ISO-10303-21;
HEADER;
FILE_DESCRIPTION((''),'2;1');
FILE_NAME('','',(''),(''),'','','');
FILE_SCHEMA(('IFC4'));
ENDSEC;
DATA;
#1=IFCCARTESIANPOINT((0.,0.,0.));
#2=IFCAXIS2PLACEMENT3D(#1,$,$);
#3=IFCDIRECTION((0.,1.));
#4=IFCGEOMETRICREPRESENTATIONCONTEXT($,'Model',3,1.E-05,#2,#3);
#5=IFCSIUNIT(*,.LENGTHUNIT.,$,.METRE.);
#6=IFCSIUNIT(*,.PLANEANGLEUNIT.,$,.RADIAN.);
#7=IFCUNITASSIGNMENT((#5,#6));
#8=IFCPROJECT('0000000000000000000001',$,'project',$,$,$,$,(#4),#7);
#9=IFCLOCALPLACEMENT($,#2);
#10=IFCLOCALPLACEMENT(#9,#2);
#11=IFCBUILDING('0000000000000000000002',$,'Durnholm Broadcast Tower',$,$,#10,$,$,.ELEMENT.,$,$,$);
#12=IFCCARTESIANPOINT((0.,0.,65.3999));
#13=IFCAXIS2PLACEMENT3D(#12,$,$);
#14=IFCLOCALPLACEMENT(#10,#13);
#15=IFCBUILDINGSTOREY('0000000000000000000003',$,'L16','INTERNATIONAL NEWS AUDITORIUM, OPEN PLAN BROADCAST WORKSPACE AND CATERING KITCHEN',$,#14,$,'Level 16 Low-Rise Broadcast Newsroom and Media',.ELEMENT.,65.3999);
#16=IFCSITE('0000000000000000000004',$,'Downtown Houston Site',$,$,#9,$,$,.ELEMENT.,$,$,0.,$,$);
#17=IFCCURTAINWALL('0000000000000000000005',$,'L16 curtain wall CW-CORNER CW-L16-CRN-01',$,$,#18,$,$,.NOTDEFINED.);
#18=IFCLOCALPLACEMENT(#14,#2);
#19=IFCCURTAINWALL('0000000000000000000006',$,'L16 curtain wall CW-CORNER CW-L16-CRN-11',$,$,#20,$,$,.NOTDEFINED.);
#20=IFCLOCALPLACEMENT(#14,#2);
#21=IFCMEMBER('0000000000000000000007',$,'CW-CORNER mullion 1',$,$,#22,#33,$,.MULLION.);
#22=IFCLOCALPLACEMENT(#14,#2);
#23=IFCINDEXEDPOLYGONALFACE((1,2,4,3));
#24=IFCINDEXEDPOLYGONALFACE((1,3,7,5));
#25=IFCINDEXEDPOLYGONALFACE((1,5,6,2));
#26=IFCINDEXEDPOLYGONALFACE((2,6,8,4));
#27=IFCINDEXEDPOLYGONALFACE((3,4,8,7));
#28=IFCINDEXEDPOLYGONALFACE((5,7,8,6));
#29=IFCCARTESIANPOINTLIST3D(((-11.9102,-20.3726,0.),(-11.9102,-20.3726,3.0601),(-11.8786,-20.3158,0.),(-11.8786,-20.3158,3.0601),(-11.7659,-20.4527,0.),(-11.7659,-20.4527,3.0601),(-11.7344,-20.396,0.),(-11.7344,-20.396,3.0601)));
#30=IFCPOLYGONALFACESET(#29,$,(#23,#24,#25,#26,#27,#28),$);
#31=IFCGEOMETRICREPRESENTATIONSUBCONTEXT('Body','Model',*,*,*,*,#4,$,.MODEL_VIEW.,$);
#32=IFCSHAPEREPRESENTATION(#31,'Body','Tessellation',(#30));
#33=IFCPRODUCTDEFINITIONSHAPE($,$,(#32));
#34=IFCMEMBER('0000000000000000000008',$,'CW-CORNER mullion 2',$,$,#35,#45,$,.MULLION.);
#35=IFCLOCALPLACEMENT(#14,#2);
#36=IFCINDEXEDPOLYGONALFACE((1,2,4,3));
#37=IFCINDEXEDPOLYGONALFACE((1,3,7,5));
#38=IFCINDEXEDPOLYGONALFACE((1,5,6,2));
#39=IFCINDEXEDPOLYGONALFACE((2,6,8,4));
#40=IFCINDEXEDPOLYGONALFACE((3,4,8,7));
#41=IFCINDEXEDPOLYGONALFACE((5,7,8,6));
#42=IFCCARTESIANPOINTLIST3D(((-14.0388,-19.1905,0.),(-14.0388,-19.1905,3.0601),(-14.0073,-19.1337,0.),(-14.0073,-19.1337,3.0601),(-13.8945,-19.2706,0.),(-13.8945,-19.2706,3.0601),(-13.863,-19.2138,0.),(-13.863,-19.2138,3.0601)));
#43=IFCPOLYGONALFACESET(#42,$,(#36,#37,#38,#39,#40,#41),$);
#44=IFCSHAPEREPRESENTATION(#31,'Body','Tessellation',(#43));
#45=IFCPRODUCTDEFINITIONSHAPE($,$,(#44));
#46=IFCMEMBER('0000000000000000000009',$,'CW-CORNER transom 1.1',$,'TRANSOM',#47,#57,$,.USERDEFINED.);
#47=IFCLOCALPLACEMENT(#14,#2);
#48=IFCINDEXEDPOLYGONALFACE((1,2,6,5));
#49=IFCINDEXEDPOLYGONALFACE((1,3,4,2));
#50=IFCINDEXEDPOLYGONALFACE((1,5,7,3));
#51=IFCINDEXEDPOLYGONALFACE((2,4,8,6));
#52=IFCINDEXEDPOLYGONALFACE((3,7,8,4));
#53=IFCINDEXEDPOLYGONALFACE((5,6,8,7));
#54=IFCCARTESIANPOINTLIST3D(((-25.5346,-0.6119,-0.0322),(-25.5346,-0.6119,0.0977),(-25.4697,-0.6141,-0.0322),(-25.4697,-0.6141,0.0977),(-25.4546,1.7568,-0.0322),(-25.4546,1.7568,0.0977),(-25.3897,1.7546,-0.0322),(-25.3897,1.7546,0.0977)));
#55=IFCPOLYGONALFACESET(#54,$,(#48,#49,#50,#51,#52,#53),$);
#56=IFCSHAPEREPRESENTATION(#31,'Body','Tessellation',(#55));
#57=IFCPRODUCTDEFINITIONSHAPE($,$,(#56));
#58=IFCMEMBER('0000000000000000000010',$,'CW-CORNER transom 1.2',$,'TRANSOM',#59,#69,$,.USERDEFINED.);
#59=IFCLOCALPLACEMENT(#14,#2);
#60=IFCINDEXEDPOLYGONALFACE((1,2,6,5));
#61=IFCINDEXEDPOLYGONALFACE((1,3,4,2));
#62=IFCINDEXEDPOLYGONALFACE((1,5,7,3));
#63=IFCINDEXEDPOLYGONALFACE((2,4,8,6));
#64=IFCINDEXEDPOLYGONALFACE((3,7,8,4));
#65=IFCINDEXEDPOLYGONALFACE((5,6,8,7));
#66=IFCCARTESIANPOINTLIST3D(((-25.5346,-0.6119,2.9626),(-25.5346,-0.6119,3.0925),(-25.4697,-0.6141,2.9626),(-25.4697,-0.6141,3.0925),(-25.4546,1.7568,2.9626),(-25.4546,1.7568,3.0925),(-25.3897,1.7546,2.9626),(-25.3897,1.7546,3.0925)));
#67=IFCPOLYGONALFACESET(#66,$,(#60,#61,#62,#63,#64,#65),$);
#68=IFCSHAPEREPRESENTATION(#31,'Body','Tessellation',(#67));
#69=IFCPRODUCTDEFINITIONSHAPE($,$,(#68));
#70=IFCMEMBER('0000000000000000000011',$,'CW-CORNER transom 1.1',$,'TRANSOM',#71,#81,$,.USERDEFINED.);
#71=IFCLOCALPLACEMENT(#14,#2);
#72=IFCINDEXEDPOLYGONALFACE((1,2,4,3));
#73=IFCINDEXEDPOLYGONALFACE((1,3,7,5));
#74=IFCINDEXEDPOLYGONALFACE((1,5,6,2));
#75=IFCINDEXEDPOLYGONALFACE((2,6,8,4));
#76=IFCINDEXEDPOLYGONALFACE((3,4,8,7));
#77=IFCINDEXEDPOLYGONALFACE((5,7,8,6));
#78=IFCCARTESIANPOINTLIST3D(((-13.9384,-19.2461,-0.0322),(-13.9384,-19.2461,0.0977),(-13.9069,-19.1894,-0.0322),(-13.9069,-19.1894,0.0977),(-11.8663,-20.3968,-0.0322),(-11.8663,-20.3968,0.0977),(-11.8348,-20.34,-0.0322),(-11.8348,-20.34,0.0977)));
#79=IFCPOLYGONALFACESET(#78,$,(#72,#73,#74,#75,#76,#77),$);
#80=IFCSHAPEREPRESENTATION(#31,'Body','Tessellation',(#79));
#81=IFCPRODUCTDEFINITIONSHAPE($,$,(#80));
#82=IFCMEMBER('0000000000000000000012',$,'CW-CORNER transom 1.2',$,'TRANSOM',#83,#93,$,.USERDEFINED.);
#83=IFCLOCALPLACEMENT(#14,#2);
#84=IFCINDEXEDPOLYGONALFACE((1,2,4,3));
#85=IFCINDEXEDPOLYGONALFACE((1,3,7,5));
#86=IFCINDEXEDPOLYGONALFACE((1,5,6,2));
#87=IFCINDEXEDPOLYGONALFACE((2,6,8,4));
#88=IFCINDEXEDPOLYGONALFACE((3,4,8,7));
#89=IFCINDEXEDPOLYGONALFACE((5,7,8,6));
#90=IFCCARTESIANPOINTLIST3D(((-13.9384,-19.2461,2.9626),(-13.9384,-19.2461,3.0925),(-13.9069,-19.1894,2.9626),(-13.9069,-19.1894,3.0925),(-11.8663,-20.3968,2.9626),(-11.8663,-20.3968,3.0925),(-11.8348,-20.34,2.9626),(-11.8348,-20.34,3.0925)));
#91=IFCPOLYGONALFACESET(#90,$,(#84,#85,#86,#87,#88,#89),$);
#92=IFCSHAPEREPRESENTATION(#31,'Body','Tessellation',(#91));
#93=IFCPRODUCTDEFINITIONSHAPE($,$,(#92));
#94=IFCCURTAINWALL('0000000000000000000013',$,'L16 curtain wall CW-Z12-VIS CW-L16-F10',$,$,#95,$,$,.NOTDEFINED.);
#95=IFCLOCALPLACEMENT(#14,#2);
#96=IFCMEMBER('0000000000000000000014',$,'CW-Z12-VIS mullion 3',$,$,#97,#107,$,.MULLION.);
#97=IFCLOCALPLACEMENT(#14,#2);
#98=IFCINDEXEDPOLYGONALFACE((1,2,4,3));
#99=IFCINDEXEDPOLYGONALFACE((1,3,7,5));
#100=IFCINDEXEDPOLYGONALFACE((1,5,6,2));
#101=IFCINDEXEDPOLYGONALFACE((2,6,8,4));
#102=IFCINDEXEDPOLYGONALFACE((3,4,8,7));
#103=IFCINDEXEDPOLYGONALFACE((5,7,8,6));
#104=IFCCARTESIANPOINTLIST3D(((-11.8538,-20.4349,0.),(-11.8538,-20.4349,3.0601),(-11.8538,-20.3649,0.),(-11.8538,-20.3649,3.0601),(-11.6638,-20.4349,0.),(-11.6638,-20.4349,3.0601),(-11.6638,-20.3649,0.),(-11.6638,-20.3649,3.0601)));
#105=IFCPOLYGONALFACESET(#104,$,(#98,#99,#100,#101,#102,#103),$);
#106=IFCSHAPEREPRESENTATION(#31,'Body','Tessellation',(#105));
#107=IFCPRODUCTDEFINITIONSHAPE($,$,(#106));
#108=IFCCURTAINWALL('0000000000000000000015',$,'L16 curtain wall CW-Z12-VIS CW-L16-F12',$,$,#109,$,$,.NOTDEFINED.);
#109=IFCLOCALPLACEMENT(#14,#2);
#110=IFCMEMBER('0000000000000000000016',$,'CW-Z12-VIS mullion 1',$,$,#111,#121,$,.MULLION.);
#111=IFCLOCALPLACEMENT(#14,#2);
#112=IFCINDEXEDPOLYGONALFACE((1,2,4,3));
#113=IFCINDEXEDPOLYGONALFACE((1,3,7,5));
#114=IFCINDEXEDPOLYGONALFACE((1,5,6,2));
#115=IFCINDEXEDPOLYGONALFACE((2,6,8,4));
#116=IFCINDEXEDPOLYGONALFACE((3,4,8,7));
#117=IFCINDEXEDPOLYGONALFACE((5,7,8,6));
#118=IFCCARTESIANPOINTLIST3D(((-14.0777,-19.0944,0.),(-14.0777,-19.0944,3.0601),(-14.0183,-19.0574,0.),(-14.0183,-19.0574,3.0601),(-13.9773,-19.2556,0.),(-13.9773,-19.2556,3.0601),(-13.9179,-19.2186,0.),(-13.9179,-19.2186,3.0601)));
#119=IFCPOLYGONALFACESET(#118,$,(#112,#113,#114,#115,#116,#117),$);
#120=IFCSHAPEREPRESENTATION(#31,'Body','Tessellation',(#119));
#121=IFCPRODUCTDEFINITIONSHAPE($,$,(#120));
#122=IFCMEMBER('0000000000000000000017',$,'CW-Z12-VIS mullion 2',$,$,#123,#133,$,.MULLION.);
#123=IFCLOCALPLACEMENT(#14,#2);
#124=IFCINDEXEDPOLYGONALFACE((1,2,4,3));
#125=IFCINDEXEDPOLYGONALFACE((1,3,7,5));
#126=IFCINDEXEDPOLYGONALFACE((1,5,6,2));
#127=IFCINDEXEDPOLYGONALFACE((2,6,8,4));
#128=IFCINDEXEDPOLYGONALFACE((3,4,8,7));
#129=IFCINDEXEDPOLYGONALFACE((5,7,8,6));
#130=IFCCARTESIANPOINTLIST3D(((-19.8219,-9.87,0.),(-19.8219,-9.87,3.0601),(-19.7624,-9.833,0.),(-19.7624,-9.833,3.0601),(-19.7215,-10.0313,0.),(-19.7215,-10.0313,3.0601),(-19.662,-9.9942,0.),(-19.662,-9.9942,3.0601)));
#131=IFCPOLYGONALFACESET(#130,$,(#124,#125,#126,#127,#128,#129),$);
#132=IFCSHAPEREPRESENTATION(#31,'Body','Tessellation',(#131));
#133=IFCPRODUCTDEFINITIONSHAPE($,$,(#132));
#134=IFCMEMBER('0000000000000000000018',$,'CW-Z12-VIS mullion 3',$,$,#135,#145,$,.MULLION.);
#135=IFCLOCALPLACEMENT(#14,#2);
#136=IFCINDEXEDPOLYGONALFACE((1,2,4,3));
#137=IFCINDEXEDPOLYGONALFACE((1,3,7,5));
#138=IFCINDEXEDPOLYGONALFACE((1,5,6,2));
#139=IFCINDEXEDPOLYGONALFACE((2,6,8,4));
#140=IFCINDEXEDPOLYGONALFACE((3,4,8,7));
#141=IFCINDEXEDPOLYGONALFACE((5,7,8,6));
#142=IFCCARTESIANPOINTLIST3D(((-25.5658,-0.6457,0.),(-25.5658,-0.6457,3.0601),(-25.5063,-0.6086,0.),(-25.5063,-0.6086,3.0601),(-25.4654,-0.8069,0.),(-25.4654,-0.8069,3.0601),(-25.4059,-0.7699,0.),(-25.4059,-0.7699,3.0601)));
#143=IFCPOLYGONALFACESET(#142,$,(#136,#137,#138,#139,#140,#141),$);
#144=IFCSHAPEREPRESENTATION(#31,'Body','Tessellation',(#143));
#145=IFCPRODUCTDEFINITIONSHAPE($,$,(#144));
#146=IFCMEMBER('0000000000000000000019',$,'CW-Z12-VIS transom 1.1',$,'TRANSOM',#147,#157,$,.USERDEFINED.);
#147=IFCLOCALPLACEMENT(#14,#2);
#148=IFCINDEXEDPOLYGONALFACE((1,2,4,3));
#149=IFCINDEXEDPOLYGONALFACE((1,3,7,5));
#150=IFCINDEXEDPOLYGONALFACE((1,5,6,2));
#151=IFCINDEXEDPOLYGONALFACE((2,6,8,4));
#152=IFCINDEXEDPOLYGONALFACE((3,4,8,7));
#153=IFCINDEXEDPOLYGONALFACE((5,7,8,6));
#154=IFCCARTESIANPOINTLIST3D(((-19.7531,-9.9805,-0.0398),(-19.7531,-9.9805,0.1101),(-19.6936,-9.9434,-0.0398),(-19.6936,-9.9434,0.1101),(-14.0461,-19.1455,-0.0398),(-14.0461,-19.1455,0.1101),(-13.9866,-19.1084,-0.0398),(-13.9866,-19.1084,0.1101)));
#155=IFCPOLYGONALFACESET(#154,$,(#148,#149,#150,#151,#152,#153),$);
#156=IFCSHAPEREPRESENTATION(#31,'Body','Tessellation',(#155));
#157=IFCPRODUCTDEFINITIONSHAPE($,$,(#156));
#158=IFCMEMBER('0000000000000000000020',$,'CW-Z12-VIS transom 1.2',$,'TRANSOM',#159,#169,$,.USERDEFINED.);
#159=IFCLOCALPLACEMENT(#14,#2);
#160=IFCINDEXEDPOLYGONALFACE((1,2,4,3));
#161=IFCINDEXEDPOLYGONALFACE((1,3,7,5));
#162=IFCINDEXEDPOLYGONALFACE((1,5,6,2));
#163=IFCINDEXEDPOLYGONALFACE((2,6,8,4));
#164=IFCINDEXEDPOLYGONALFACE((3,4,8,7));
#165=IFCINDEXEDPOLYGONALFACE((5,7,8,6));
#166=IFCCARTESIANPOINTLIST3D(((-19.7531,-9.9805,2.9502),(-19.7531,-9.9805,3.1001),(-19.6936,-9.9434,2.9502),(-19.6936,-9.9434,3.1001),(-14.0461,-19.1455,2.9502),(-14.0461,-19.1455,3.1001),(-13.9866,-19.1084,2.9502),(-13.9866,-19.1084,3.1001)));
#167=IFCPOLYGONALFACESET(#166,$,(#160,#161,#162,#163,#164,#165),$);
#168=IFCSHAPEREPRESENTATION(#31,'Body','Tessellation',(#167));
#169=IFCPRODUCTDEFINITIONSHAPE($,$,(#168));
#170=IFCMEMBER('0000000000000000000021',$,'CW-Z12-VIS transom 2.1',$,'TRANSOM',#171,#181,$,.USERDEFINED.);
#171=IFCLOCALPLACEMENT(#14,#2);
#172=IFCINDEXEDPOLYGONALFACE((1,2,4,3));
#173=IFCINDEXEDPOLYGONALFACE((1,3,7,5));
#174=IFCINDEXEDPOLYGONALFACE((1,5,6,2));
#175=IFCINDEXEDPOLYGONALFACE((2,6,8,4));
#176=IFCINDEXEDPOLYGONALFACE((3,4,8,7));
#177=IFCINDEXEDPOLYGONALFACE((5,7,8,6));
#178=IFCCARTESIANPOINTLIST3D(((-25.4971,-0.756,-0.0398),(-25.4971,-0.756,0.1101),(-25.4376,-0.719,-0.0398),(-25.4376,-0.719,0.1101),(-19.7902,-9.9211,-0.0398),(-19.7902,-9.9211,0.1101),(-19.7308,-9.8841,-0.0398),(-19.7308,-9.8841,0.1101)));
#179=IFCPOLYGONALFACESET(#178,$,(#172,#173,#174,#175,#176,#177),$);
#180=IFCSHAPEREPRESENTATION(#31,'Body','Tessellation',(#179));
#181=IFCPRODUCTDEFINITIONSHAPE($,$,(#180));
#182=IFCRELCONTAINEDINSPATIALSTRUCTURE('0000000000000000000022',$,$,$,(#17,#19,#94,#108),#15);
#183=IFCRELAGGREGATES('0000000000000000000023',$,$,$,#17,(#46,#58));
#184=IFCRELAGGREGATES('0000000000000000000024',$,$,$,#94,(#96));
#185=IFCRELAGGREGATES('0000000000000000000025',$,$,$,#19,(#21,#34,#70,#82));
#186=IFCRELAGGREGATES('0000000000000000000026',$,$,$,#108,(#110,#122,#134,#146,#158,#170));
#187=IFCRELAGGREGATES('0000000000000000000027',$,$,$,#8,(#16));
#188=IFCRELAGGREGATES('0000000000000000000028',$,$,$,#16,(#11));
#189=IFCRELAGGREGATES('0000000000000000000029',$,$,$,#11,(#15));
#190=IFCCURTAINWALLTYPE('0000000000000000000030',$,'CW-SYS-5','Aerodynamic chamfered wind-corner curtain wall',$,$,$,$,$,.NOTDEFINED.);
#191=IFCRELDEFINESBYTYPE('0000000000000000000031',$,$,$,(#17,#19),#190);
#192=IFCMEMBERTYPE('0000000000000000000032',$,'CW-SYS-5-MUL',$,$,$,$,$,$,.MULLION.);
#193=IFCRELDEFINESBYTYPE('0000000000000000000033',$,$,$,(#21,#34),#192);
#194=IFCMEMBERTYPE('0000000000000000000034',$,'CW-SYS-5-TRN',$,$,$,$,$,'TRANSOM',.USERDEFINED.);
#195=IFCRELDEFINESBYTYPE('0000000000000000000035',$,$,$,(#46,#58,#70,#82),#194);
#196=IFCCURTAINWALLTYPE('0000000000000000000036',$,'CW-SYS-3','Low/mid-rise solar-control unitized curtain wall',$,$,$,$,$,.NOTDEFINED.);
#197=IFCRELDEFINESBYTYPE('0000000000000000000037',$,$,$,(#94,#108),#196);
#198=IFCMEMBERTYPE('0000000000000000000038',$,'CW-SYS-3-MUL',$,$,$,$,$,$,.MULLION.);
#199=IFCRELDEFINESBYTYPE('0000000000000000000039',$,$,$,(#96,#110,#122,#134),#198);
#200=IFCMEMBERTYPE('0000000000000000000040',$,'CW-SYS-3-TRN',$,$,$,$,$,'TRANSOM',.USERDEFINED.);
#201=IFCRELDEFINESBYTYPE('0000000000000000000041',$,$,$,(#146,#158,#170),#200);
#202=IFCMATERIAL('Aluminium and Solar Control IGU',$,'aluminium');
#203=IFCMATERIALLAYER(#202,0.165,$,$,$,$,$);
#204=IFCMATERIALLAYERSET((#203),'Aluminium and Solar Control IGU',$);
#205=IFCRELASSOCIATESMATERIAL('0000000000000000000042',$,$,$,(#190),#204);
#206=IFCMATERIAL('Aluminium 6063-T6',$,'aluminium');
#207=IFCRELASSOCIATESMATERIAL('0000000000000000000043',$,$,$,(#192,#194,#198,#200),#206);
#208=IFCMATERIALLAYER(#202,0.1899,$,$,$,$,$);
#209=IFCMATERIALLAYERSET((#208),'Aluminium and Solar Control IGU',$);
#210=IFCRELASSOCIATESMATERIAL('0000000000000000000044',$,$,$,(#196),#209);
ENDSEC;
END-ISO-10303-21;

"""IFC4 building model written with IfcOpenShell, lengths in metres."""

from ifc_helpers import new_model, si_unit, direction, frame, origin, origin_2d, place, context, subcontext, project, spatial, rectangle, extrude, source, transform, mapped, material, layer, layer_set, material_profile, profile_set, type_object, type_shapes, element, aggregate, save


model = new_model("IFC4")

# Units and contexts
model_context = context("Model", 3, precision=1e-05, world=origin(), true_north=direction((0.0, 1.0)))
body_context = subcontext(model_context, "Body", "Model", "MODEL_VIEW")
ifc_project = project(units=[si_unit("LENGTHUNIT", "METRE"), si_unit("PLANEANGLEUNIT", "RADIAN")], contexts=[model_context])

# Site, building, storey
site_placement = place(None, origin())
site = spatial("IfcSite", under=ifc_project, at=site_placement, Name="Downtown Houston Site", CompositionType="ELEMENT", RefElevation=0.0)
building_placement = place(site_placement, origin())
building = spatial("IfcBuilding", under=site, at=building_placement, Name="Durnholm Broadcast Tower", CompositionType="ELEMENT")
storey_placement = place(building_placement, frame((0.0, 0.0, 65.3999)))
storey = spatial("IfcBuildingStorey", under=building, at=storey_placement, Name="L16", Description="INTERNATIONAL NEWS AUDITORIUM, OPEN PLAN BROADCAST WORKSPACE AND CATERING KITCHEN", LongName="Level 16 Low-Rise Broadcast Newsroom and Media", CompositionType="ELEMENT", Elevation=65.3999)

# Curtain wall
ifc_material_1 = material(Name="Aluminium and Solar Control IGU", Category="aluminium")
ifc_layer_1 = layer(ifc_material_1, 0.165)
ifc_layer_set_1 = layer_set([ifc_layer_1], Name="Aluminium and Solar Control IGU")
curtain_wall_type_1 = type_object("IfcCurtainWallType", Name="CW-SYS-5", Description="Aerodynamic chamfered wind-corner curtain wall", PredefinedType="NOTDEFINED", material=ifc_layer_set_1)
curtain_wall_1_placement = place(storey_placement, origin())
curtain_wall_1 = element("IfcCurtainWall", 1, at=curtain_wall_1_placement, inside=storey, type_object=curtain_wall_type_1, Name="L16 curtain wall CW-CORNER CW-L16-CRN-01", PredefinedType="NOTDEFINED")
ifc_material_2 = material(Name="Aluminium 6063-T6", Category="aluminium")
ifc_material_profile_1 = material_profile(ifc_material_2, rectangle(XDim=0.0649, YDim=0.165, at=origin_2d()), Name="CWM65X165")
ifc_profile_set_1 = profile_set([ifc_material_profile_1], Name="Aluminium 6063-T6")
member_type_1 = type_object("IfcMemberType", Name="CW-SYS-5-MUL", PredefinedType="MULLION", material=ifc_profile_set_1)
shared_shape_1 = source(origin(), body_context, "Body", "SweptSolid", [
    extrude(rectangle(XDim=0.0649, YDim=0.165, at=origin_2d()), origin(), (0.0, 0.0, 1.0), 3.0601),
])
type_shapes(member_type_1, [shared_shape_1])

# Curtain wall, members
curtain_wall_2_placement = place(storey_placement, origin())
curtain_wall_2 = element("IfcCurtainWall", 2, at=curtain_wall_2_placement, inside=storey, type_object=curtain_wall_type_1, Name="L16 curtain wall CW-CORNER CW-L16-CRN-11", PredefinedType="NOTDEFINED")
member_1_placement = place(storey_placement, frame((-11.8223, -20.3843, 0.0), z_axis=(0.0, 0.0, 1.0), x_axis=(-0.485483, -0.874246, 0.0)))
member_1 = element("IfcMember", 3, at=member_1_placement, type_object=member_type_1, Name="CW-CORNER mullion 1", PredefinedType="MULLION", context=body_context, shape_type="MappedRepresentation", body=[
    mapped(shared_shape_1, transform((0.0, 0.0, 0.0), x_axis=(1.0, 0.0, 0.0), y_axis=(0.0, 1.0, 0.0), z_axis=(0.0, 0.0, 1.0), scale=1.0)),
])
member_2_placement = place(storey_placement, frame((-13.9509, -19.2021, 0.0), z_axis=(0.0, 0.0, 1.0), x_axis=(-0.485483, -0.874246, 0.0)))
member_2 = element("IfcMember", 4, at=member_2_placement, type_object=member_type_1, Name="CW-CORNER mullion 2", PredefinedType="MULLION", context=body_context, shape_type="MappedRepresentation", body=[
    mapped(shared_shape_1, transform((0.0, 0.0, 0.0), x_axis=(1.0, 0.0, 0.0), y_axis=(0.0, 1.0, 0.0), z_axis=(0.0, 0.0, 1.0), scale=1.0)),
])

# Members
ifc_material_profile_2 = material_profile(ifc_material_2, rectangle(XDim=0.0649, YDim=0.1299, at=origin_2d()), Name="CWT65X130")
ifc_profile_set_2 = profile_set([ifc_material_profile_2], Name="Aluminium 6063-T6")
member_type_2 = type_object("IfcMemberType", Name="CW-SYS-5-TRN", ElementType="TRANSOM", PredefinedType="USERDEFINED", material=ifc_profile_set_2)
shared_shape_2 = source(origin(), body_context, "Body", "SweptSolid", [
    extrude(rectangle(XDim=0.0649, YDim=0.1299, at=origin_2d()), origin(), (0.0, 0.0, 1.0), 2.3701),
])
type_shapes(member_type_2, [shared_shape_2])
member_3_placement = place(storey_placement, frame((-25.5022, -0.613, 0.0327), z_axis=(0.033788, 0.999429, 0.0), x_axis=(-0.999429, 0.033788, 0.0)))
member_3 = element("IfcMember", 5, at=member_3_placement, type_object=member_type_2, Name="CW-CORNER transom 1.1", ObjectType="TRANSOM", PredefinedType="USERDEFINED", context=body_context, shape_type="MappedRepresentation", body=[
    mapped(shared_shape_2, transform((0.0, 0.0, 0.0), x_axis=(1.0, 0.0, 0.0), y_axis=(0.0, 1.0, 0.0), z_axis=(0.0, 0.0, 1.0), scale=1.0)),
])
member_4_placement = place(storey_placement, frame((-25.5022, -0.613, 3.0276), z_axis=(0.033788, 0.999429, 0.0), x_axis=(-0.999429, 0.033788, 0.0)))
member_4 = element("IfcMember", 6, at=member_4_placement, type_object=member_type_2, Name="CW-CORNER transom 1.2", ObjectType="TRANSOM", PredefinedType="USERDEFINED", context=body_context, shape_type="MappedRepresentation", body=[
    mapped(shared_shape_2, transform((0.0, 0.0, 0.0), x_axis=(1.0, 0.0, 0.0), y_axis=(0.0, 1.0, 0.0), z_axis=(0.0, 0.0, 1.0), scale=1.0)),
])
aggregate(curtain_wall_1, [member_3, member_4])
member_5_placement = place(storey_placement, frame((-11.8506, -20.3684, 0.0327), z_axis=(-0.874245, 0.485485, 0.0), x_axis=(-0.485485, -0.874245, 0.0)))
member_5 = element("IfcMember", 7, at=member_5_placement, type_object=member_type_2, Name="CW-CORNER transom 1.1", ObjectType="TRANSOM", PredefinedType="USERDEFINED", context=body_context, shape_type="MappedRepresentation", body=[
    mapped(shared_shape_2, transform((0.0, 0.0, 0.0), x_axis=(1.0, 0.0, 0.0), y_axis=(0.0, 1.0, 0.0), z_axis=(0.0, 0.0, 1.0), scale=1.0)),
])
member_6_placement = place(storey_placement, frame((-11.8506, -20.3684, 3.0276), z_axis=(-0.874245, 0.485485, 0.0), x_axis=(-0.485485, -0.874245, 0.0)))
member_6 = element("IfcMember", 8, at=member_6_placement, type_object=member_type_2, Name="CW-CORNER transom 1.2", ObjectType="TRANSOM", PredefinedType="USERDEFINED", context=body_context, shape_type="MappedRepresentation", body=[
    mapped(shared_shape_2, transform((0.0, 0.0, 0.0), x_axis=(1.0, 0.0, 0.0), y_axis=(0.0, 1.0, 0.0), z_axis=(0.0, 0.0, 1.0), scale=1.0)),
])

# Curtain wall, member
ifc_layer_2 = layer(ifc_material_1, 0.1899)
ifc_layer_set_2 = layer_set([ifc_layer_2], Name="Aluminium and Solar Control IGU")
curtain_wall_type_2 = type_object("IfcCurtainWallType", Name="CW-SYS-3", Description="Low/mid-rise solar-control unitized curtain wall", PredefinedType="NOTDEFINED", material=ifc_layer_set_2)
curtain_wall_3_placement = place(storey_placement, origin())
curtain_wall_3 = element("IfcCurtainWall", 9, at=curtain_wall_3_placement, inside=storey, type_object=curtain_wall_type_2, Name="L16 curtain wall CW-Z12-VIS CW-L16-F10", PredefinedType="NOTDEFINED")
ifc_material_profile_3 = material_profile(ifc_material_2, rectangle(XDim=0.0701, YDim=0.1899, at=origin_2d()), Name="CWM70X190")
ifc_profile_set_3 = profile_set([ifc_material_profile_3], Name="Aluminium 6063-T6")
member_type_3 = type_object("IfcMemberType", Name="CW-SYS-3-MUL", PredefinedType="MULLION", material=ifc_profile_set_3)
shared_shape_3 = source(origin(), body_context, "Body", "SweptSolid", [
    extrude(rectangle(XDim=0.0701, YDim=0.1899, at=origin_2d()), origin(), (0.0, 0.0, 1.0), 3.0601),
])
type_shapes(member_type_3, [shared_shape_3])
member_7_placement = place(storey_placement, frame((-11.7588, -20.3999, 0.0), z_axis=(0.0, 0.0, 1.0), x_axis=(0.0, -1.0, 0.0)))
member_7 = element("IfcMember", 10, at=member_7_placement, type_object=member_type_3, Name="CW-Z12-VIS mullion 3", PredefinedType="MULLION", context=body_context, shape_type="MappedRepresentation", body=[
    mapped(shared_shape_3, transform((0.0, 0.0, 0.0), x_axis=(1.0, 0.0, 0.0), y_axis=(0.0, 1.0, 0.0), z_axis=(0.0, 0.0, 1.0), scale=1.0)),
])
aggregate(curtain_wall_3, [member_7])

# Curtain wall, members
curtain_wall_4_placement = place(storey_placement, origin())
curtain_wall_4 = element("IfcCurtainWall", 11, at=curtain_wall_4_placement, inside=storey, type_object=curtain_wall_type_2, Name="L16 curtain wall CW-Z12-VIS CW-L16-F12", PredefinedType="NOTDEFINED")
member_8_placement = place(storey_placement, frame((-13.9978, -19.1565, 0.0), z_axis=(0.0, 0.0, 1.0), x_axis=(-0.848876, -0.528592, 0.0)))
member_8 = element("IfcMember", 12, at=member_8_placement, type_object=member_type_3, Name="CW-Z12-VIS mullion 1", PredefinedType="MULLION", context=body_context, shape_type="MappedRepresentation", body=[
    mapped(shared_shape_3, transform((0.0, 0.0, 0.0), x_axis=(1.0, 0.0, 0.0), y_axis=(0.0, 1.0, 0.0), z_axis=(0.0, 0.0, 1.0), scale=1.0)),
])
member_9_placement = place(storey_placement, frame((-19.7419, -9.9321, 0.0), z_axis=(0.0, 0.0, 1.0), x_axis=(-0.848876, -0.528592, 0.0)))
member_9 = element("IfcMember", 13, at=member_9_placement, type_object=member_type_3, Name="CW-Z12-VIS mullion 2", PredefinedType="MULLION", context=body_context, shape_type="MappedRepresentation", body=[
    mapped(shared_shape_3, transform((0.0, 0.0, 0.0), x_axis=(1.0, 0.0, 0.0), y_axis=(0.0, 1.0, 0.0), z_axis=(0.0, 0.0, 1.0), scale=1.0)),
])
member_10_placement = place(storey_placement, frame((-25.4858, -0.7078, 0.0), z_axis=(0.0, 0.0, 1.0), x_axis=(-0.848876, -0.528592, 0.0)))
member_10 = element("IfcMember", 14, at=member_10_placement, type_object=member_type_3, Name="CW-Z12-VIS mullion 3", PredefinedType="MULLION", context=body_context, shape_type="MappedRepresentation", body=[
    mapped(shared_shape_3, transform((0.0, 0.0, 0.0), x_axis=(1.0, 0.0, 0.0), y_axis=(0.0, 1.0, 0.0), z_axis=(0.0, 0.0, 1.0), scale=1.0)),
])
ifc_material_profile_4 = material_profile(ifc_material_2, rectangle(XDim=0.0701, YDim=0.1499, at=origin_2d()), Name="CWT70X150")
ifc_profile_set_4 = profile_set([ifc_material_profile_4], Name="Aluminium 6063-T6")
member_type_4 = type_object("IfcMemberType", Name="CW-SYS-3-TRN", ElementType="TRANSOM", PredefinedType="USERDEFINED", material=ifc_profile_set_4)
shared_shape_4 = source(origin(), body_context, "Body", "SweptSolid", [
    extrude(rectangle(XDim=0.0701, YDim=0.1499, at=origin_2d()), origin(), (0.0, 0.0, 1.0), 10.7966),
])
type_shapes(member_type_4, [shared_shape_4])
member_11_placement = place(storey_placement, frame((-14.0164, -19.127, 0.0352), z_axis=(-0.528592, 0.848876, 0.0), x_axis=(-0.848876, -0.528592, 0.0)))
member_11 = element("IfcMember", 15, at=member_11_placement, type_object=member_type_4, Name="CW-Z12-VIS transom 1.1", ObjectType="TRANSOM", PredefinedType="USERDEFINED", context=body_context, shape_type="MappedRepresentation", body=[
    mapped(shared_shape_4, transform((0.0, 0.0, 0.0), x_axis=(1.0, 0.0, 0.0), y_axis=(0.0, 1.0, 0.0), z_axis=(0.0, 0.0, 1.0), scale=1.0)),
])
member_12_placement = place(storey_placement, frame((-14.0164, -19.127, 3.0251), z_axis=(-0.528592, 0.848876, 0.0), x_axis=(-0.848876, -0.528592, 0.0)))
member_12 = element("IfcMember", 16, at=member_12_placement, type_object=member_type_4, Name="CW-Z12-VIS transom 1.2", ObjectType="TRANSOM", PredefinedType="USERDEFINED", context=body_context, shape_type="MappedRepresentation", body=[
    mapped(shared_shape_4, transform((0.0, 0.0, 0.0), x_axis=(1.0, 0.0, 0.0), y_axis=(0.0, 1.0, 0.0), z_axis=(0.0, 0.0, 1.0), scale=1.0)),
])
member_13_placement = place(storey_placement, frame((-19.7605, -9.9026, 0.0352), z_axis=(-0.528575, 0.848886, 0.0), x_axis=(-0.848886, -0.528575, 0.0)))
member_13 = element("IfcMember", 17, at=member_13_placement, type_object=member_type_4, Name="CW-Z12-VIS transom 2.1", ObjectType="TRANSOM", PredefinedType="USERDEFINED", context=body_context, shape_type="MappedRepresentation", body=[
    mapped(shared_shape_4, transform((0.0, 0.0, 0.0), x_axis=(1.0, 0.0, 0.0), y_axis=(0.0, 1.0, 0.0), z_axis=(0.0, 0.0, 1.0), scale=1.0)),
])

aggregate(curtain_wall_2, [member_1, member_2, member_5, member_6])
aggregate(curtain_wall_4, [member_8, member_9, member_10, member_11, member_12, member_13])

save(model, "model.ifc")
